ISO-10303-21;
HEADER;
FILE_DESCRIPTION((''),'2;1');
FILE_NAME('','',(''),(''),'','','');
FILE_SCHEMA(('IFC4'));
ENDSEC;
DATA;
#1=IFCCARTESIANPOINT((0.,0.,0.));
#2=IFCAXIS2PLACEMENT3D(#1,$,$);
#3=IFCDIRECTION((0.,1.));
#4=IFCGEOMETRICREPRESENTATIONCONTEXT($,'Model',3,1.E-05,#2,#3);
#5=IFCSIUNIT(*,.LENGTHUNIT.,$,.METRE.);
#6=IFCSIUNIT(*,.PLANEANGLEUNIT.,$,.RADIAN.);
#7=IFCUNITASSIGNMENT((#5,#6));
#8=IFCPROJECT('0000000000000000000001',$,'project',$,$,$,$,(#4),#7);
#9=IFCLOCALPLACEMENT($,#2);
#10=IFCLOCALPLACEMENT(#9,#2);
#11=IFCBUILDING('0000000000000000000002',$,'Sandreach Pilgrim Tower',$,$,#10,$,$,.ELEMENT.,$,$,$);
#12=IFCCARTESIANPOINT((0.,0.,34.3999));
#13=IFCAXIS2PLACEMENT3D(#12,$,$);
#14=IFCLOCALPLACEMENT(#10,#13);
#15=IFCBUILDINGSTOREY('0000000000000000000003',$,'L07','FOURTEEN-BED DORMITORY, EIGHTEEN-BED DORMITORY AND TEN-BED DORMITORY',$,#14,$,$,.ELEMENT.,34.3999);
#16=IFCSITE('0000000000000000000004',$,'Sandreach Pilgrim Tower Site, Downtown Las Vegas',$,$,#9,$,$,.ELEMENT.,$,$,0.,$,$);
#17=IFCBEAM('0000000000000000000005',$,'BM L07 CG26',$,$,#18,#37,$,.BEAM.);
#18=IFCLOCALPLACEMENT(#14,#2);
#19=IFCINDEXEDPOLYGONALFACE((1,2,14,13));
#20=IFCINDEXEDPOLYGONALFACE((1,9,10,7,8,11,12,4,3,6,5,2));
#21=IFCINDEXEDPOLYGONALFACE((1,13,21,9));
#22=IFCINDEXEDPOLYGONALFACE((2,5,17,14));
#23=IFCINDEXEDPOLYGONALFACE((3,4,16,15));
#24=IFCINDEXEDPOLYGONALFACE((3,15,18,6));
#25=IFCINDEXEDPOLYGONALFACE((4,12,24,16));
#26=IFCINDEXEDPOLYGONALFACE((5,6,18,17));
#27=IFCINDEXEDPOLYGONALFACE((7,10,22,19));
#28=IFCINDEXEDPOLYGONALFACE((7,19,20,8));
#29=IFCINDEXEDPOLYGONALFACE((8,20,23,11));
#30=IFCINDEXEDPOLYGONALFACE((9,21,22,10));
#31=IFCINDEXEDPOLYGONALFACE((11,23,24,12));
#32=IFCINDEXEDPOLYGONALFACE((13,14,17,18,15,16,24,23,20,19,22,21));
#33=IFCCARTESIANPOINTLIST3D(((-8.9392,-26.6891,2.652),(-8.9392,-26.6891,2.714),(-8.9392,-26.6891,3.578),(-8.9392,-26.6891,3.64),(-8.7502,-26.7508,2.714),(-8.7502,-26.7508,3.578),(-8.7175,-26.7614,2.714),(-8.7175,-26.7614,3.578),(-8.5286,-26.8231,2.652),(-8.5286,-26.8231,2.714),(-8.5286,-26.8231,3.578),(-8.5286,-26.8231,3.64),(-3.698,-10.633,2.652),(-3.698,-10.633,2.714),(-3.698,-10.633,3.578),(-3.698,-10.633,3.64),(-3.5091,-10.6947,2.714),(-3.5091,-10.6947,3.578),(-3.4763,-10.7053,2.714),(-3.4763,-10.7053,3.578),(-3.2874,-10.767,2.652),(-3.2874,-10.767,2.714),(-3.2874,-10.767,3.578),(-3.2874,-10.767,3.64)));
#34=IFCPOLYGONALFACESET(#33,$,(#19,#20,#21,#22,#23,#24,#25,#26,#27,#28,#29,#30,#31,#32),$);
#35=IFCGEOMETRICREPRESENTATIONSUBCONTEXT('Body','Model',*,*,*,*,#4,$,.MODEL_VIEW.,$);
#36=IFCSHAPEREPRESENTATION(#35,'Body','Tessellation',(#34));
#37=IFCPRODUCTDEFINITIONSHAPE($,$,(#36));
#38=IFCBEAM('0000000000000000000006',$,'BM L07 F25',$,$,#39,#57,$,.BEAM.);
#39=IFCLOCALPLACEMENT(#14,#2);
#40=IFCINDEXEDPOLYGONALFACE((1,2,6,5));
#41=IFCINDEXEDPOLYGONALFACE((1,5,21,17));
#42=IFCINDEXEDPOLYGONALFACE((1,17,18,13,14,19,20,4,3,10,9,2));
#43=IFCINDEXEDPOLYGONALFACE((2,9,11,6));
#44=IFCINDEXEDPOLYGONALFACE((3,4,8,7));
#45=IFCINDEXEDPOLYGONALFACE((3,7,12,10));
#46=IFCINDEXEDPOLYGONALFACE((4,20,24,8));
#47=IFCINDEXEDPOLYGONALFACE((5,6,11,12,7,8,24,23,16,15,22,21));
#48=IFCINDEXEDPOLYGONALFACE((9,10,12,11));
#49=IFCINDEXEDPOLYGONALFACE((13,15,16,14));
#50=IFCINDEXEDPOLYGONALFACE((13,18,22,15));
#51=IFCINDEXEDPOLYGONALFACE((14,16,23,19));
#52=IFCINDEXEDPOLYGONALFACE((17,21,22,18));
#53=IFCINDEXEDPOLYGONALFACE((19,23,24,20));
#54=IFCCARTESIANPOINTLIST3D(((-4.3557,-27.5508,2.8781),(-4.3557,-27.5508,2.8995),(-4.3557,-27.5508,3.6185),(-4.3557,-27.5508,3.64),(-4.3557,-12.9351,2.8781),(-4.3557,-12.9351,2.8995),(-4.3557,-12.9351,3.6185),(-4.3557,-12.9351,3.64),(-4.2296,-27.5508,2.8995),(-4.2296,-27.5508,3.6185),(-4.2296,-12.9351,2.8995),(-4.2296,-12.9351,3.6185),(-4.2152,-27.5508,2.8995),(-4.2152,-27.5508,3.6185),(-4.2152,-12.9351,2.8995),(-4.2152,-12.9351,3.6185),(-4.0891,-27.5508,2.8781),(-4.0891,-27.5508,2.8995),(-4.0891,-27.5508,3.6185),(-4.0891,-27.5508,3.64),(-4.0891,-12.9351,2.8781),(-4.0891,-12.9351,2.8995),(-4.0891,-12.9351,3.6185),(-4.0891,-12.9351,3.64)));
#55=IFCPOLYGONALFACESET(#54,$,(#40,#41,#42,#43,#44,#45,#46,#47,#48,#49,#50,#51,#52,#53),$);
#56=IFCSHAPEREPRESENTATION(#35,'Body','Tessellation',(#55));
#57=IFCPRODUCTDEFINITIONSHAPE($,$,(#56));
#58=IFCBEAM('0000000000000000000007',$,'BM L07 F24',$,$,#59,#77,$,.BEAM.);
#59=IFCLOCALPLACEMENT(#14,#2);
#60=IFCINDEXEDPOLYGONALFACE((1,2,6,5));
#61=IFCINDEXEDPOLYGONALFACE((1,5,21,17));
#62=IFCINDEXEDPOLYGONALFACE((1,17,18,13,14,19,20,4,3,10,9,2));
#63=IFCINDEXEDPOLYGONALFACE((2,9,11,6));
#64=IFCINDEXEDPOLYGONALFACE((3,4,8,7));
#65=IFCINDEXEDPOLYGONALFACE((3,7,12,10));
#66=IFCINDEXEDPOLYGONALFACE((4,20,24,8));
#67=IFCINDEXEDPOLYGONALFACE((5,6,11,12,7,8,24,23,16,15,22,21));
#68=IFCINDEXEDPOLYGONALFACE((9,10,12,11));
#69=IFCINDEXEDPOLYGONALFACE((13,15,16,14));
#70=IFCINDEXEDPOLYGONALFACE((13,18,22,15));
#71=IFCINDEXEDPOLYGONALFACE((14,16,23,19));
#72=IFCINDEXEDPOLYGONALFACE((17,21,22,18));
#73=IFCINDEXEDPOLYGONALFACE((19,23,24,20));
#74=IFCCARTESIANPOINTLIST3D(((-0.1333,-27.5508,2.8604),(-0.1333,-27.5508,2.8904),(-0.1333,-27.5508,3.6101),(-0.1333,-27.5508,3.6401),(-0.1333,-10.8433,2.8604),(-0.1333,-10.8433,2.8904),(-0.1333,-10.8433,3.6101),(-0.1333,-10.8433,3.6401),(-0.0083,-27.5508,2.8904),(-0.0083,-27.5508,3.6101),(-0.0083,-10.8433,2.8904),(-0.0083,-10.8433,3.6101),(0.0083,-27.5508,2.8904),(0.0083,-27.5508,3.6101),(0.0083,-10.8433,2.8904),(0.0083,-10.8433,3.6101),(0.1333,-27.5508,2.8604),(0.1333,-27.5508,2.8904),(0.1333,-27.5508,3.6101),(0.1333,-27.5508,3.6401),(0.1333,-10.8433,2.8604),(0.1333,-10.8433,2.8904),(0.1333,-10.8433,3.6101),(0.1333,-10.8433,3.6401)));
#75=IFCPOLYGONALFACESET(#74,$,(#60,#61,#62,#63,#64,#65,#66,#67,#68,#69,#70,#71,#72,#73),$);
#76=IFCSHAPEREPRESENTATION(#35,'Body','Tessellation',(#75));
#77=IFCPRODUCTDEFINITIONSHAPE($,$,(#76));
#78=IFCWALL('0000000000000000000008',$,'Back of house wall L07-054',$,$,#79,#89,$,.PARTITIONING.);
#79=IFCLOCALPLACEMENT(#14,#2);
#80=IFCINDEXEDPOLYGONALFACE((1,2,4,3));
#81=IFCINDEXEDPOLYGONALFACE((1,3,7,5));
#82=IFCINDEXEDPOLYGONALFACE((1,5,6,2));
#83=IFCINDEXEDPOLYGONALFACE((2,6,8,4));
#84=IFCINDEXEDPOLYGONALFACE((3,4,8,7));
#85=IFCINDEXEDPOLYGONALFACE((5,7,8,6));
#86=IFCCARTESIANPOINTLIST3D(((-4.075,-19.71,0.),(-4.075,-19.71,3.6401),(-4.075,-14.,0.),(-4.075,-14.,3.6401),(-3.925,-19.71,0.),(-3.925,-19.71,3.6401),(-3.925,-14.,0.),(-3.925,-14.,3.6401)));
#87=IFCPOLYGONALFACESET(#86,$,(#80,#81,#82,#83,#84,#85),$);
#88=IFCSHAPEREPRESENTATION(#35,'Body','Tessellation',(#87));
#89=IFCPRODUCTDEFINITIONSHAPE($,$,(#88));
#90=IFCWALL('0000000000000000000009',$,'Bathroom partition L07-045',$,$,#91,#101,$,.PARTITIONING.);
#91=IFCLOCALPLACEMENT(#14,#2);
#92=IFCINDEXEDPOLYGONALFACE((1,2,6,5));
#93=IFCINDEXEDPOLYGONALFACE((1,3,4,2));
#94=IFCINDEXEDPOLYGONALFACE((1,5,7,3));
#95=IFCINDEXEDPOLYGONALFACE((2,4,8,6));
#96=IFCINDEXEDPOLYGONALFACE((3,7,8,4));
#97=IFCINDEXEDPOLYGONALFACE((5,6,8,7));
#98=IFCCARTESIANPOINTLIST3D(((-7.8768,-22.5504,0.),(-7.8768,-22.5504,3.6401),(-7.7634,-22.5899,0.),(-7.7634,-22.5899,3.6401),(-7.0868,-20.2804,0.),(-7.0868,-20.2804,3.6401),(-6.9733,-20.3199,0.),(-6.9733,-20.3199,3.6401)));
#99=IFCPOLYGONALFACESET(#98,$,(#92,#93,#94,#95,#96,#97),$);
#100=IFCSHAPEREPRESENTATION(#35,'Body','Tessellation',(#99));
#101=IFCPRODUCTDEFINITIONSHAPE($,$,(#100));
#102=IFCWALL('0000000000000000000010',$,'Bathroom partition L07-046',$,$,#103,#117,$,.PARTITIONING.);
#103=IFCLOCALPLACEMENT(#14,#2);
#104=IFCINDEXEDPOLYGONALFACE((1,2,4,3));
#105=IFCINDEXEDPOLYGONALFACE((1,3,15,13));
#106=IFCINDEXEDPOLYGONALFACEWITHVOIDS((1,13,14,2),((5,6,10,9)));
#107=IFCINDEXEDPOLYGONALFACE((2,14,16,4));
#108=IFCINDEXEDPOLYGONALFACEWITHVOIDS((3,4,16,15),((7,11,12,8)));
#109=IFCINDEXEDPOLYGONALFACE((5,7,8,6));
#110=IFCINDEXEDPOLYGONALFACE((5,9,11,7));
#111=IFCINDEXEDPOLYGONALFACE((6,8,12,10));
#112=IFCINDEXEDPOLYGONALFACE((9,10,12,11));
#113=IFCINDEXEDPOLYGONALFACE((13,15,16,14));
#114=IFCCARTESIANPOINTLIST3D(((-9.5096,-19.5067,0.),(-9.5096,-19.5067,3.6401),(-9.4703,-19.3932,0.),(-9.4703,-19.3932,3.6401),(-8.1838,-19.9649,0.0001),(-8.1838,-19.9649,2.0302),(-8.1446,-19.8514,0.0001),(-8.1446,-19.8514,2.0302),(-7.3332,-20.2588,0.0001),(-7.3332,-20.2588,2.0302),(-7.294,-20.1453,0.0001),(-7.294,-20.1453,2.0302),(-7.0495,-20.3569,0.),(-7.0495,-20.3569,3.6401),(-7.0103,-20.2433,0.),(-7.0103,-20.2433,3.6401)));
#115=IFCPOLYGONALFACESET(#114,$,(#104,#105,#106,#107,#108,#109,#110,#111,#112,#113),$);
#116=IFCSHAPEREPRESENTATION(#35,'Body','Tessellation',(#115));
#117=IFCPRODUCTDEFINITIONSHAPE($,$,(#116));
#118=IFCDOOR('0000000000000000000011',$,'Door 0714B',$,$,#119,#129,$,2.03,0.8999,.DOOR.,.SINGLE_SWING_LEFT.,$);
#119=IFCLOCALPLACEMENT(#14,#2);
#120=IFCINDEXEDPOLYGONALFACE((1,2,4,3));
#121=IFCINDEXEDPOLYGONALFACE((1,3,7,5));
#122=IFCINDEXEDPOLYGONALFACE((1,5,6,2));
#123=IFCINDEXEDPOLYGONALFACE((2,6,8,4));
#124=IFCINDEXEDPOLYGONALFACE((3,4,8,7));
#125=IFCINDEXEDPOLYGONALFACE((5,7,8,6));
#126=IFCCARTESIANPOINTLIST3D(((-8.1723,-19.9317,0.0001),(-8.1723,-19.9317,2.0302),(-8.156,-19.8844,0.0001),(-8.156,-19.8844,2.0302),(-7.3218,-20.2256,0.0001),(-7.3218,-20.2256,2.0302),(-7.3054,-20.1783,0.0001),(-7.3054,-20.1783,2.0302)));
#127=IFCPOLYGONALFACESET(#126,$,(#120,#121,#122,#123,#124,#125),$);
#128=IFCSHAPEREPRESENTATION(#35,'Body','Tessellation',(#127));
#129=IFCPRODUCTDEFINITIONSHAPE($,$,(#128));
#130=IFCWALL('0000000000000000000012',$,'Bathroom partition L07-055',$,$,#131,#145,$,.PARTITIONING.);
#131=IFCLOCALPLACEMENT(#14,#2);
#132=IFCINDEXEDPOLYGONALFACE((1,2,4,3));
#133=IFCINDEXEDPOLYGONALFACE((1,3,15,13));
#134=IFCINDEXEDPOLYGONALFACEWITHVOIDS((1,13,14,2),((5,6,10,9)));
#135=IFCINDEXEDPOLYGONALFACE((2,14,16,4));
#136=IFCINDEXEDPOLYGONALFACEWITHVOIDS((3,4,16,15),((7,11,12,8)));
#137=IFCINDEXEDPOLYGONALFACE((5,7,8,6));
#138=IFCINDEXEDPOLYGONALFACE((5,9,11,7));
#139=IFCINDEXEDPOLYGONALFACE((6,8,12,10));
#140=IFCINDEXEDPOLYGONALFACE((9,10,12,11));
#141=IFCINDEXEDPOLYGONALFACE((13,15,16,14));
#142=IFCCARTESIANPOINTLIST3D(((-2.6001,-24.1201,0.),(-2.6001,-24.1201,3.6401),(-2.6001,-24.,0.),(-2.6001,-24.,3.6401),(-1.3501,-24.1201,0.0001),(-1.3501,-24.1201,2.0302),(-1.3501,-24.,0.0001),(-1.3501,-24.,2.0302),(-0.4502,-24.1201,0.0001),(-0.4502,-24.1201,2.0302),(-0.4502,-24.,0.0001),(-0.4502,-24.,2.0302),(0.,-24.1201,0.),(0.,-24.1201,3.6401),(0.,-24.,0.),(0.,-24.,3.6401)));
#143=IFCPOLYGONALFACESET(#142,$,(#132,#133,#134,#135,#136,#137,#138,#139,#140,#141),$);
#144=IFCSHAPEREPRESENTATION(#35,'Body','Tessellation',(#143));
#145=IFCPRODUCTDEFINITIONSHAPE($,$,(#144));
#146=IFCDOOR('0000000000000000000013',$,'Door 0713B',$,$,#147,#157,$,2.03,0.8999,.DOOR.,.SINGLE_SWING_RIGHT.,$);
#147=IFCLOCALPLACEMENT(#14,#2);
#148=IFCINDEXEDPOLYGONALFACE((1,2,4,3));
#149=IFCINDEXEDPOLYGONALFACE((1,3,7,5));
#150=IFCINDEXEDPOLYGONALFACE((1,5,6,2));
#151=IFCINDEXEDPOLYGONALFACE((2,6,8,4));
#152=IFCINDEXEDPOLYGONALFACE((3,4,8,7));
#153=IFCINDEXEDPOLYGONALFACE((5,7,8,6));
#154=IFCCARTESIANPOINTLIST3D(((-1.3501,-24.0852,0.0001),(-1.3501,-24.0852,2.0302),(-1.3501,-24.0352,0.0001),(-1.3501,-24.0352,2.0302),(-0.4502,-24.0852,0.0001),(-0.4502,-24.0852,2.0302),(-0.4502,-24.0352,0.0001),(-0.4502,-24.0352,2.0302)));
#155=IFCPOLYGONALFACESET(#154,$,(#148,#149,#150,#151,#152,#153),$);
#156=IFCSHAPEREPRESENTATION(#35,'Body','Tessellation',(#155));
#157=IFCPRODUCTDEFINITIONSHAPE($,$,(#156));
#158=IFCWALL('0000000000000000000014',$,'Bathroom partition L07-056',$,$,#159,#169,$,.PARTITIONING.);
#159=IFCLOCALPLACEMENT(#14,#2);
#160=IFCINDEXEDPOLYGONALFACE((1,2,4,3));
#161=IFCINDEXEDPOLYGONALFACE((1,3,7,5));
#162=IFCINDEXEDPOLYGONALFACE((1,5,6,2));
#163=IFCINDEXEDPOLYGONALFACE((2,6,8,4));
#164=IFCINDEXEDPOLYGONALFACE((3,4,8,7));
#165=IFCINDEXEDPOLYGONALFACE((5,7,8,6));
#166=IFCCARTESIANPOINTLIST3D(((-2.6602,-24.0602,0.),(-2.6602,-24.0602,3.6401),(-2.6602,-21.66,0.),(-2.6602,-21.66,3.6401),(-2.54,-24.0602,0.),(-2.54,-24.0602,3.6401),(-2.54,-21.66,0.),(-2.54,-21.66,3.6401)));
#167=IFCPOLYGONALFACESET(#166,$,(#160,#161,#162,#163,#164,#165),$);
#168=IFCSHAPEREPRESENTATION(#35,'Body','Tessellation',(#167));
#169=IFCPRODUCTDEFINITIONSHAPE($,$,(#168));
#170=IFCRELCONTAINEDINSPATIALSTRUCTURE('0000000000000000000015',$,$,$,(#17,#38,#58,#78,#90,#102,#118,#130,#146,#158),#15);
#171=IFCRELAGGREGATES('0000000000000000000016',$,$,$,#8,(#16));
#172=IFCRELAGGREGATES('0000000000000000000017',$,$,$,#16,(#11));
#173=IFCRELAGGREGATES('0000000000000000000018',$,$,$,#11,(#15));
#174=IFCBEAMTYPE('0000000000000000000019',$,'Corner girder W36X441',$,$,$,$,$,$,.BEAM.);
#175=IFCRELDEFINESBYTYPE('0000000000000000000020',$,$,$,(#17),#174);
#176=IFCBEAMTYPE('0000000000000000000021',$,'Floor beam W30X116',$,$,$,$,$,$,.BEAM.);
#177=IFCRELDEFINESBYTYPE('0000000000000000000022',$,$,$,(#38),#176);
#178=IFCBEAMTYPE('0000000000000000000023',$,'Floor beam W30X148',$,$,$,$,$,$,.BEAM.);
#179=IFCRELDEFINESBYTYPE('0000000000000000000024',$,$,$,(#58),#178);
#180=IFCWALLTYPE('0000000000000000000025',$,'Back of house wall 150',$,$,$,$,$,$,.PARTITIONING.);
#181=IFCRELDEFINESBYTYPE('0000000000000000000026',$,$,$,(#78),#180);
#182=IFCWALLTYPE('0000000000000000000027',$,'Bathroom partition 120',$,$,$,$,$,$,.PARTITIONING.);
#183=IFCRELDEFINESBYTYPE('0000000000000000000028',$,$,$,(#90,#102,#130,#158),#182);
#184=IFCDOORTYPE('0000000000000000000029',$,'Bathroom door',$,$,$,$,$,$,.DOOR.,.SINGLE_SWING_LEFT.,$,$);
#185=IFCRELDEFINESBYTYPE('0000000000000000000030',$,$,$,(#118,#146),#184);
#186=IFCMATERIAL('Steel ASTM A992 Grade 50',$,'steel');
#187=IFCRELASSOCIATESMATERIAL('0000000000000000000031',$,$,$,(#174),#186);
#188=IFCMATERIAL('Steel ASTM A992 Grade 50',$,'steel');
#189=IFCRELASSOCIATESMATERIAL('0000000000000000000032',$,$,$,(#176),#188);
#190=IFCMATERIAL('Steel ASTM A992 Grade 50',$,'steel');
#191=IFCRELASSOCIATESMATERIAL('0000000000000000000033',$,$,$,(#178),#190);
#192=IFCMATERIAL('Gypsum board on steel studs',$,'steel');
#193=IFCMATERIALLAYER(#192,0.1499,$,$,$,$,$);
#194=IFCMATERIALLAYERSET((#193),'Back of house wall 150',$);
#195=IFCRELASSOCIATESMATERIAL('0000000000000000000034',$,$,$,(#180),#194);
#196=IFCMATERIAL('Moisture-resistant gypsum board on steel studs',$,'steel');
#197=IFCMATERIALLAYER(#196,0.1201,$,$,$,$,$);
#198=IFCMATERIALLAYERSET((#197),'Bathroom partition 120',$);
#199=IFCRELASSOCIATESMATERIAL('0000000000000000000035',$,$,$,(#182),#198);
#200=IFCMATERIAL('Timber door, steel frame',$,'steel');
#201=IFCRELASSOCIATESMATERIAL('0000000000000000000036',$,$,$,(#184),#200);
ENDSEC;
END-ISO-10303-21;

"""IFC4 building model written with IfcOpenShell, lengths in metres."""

from ifc_helpers import new_model, si_unit, direction, frame, frame_2d, origin, origin_2d, place, context, subcontext, project, spatial, rectangle, i_section, extrude, material, layer, layer_set, material_profile, profile_set, type_object, element, fill, save


model = new_model("IFC4")

# Units and contexts
model_context = context("Model", 3, precision=1e-05, world=origin(), true_north=direction((0.0, 1.0)))
body_context = subcontext(model_context, "Body", "Model", "MODEL_VIEW")
ifc_project = project(units=[si_unit("LENGTHUNIT", "METRE"), si_unit("PLANEANGLEUNIT", "RADIAN")], contexts=[model_context])

# Site, building, storey
site_placement = place(None, origin())
site = spatial("IfcSite", under=ifc_project, at=site_placement, Name="Sandreach Pilgrim Tower Site, Downtown Las Vegas", CompositionType="ELEMENT", RefElevation=0.0)
building_placement = place(site_placement, origin())
building = spatial("IfcBuilding", under=site, at=building_placement, Name="Sandreach Pilgrim Tower", CompositionType="ELEMENT")
storey_placement = place(building_placement, frame((0.0, 0.0, 34.3999)))
storey = spatial("IfcBuildingStorey", under=building, at=storey_placement, Name="L07", Description="FOURTEEN-BED DORMITORY, EIGHTEEN-BED DORMITORY AND TEN-BED DORMITORY", CompositionType="ELEMENT", Elevation=34.3999)

# Beams
ifc_material_1 = material(Name="Steel ASTM A992 Grade 50", Category="steel")
ifc_material_profile_1 = material_profile(ifc_material_1, i_section(OverallWidth=0.4319, OverallDepth=0.988, WebThickness=0.0344, FlangeThickness=0.062, at=origin_2d()), Name="W36X441")
ifc_profile_set_1 = profile_set([ifc_material_profile_1], Name="Steel ASTM A992 Grade 50")
beam_type_1 = type_object("IfcBeamType", Name="Corner girder W36X441", PredefinedType="BEAM", material=ifc_profile_set_1)
beam_1_placement = place(storey_placement, frame((-8.7339, -26.7561, 3.146), z_axis=(0.310315, 0.950634, 0.0), x_axis=(-0.950634, 0.310315, 0.0)))
element("IfcBeam", 1, at=beam_1_placement, inside=storey, type_object=beam_type_1, Name="BM L07 CG26", PredefinedType="BEAM", context=body_context, shape_type="SweptSolid", body=[
    extrude(i_section(OverallWidth=0.4319, OverallDepth=0.988, WebThickness=0.0344, FlangeThickness=0.062, at=origin_2d()), origin(), (0.0, 0.0, 1.0), 16.8899),
])
ifc_material_2 = material(Name="Steel ASTM A992 Grade 50", Category="steel")
ifc_material_profile_2 = material_profile(ifc_material_2, i_section(OverallWidth=0.2666, OverallDepth=0.762, WebThickness=0.0144, FlangeThickness=0.0215, at=origin_2d()), Name="W30X116")
ifc_profile_set_2 = profile_set([ifc_material_profile_2], Name="Steel ASTM A992 Grade 50")
beam_type_2 = type_object("IfcBeamType", Name="Floor beam W30X116", PredefinedType="BEAM", material=ifc_profile_set_2)
beam_2_placement = place(storey_placement, frame((-4.2224, -27.5508, 3.259), z_axis=(0.0, 1.0, 0.0), x_axis=(-1.0, 0.0, 0.0)))
element("IfcBeam", 2, at=beam_2_placement, inside=storey, type_object=beam_type_2, Name="BM L07 F25", PredefinedType="BEAM", context=body_context, shape_type="SweptSolid", body=[
    extrude(i_section(OverallWidth=0.2666, OverallDepth=0.762, WebThickness=0.0144, FlangeThickness=0.0215, at=origin_2d()), origin(), (0.0, 0.0, 1.0), 14.6157),
])
ifc_material_3 = material(Name="Steel ASTM A992 Grade 50", Category="steel")
ifc_material_profile_3 = material_profile(ifc_material_3, i_section(OverallWidth=0.2666, OverallDepth=0.7798, WebThickness=0.0166, FlangeThickness=0.03, at=origin_2d()), Name="W30X148")
ifc_profile_set_3 = profile_set([ifc_material_profile_3], Name="Steel ASTM A992 Grade 50")
beam_type_3 = type_object("IfcBeamType", Name="Floor beam W30X148", PredefinedType="BEAM", material=ifc_profile_set_3)
beam_3_placement = place(storey_placement, frame((0.0, -27.5508, 3.2502), z_axis=(0.0, 1.0, 0.0), x_axis=(-1.0, 0.0, 0.0)))
element("IfcBeam", 3, at=beam_3_placement, inside=storey, type_object=beam_type_3, Name="BM L07 F24", PredefinedType="BEAM", context=body_context, shape_type="SweptSolid", body=[
    extrude(i_section(OverallWidth=0.2666, OverallDepth=0.7798, WebThickness=0.0166, FlangeThickness=0.03, at=origin_2d()), origin(), (0.0, 0.0, 1.0), 16.7075),
])

# Walls
ifc_material_4 = material(Name="Gypsum board on steel studs", Category="steel")
ifc_layer_1 = layer(ifc_material_4, 0.1499)
ifc_layer_set_1 = layer_set([ifc_layer_1], Name="Back of house wall 150")
wall_type_1 = type_object("IfcWallType", Name="Back of house wall 150", PredefinedType="PARTITIONING", material=ifc_layer_set_1)
wall_1_placement = place(storey_placement, frame((-4.0, -14.0, 0.0), z_axis=(0.0, 0.0, 1.0), x_axis=(0.0, -1.0, 0.0)))
element("IfcWall", 4, at=wall_1_placement, inside=storey, type_object=wall_type_1, Name="Back of house wall L07-054", PredefinedType="PARTITIONING", context=body_context, shape_type="SweptSolid", body=[
    extrude(rectangle(XDim=5.71, YDim=0.1499, at=frame_2d((2.855, 0.0))), origin(), (0.0, 0.0, 1.0), 3.6401),
])
ifc_material_5 = material(Name="Moisture-resistant gypsum board on steel studs", Category="steel")
ifc_layer_2 = layer(ifc_material_5, 0.1201)
ifc_layer_set_2 = layer_set([ifc_layer_2], Name="Bathroom partition 120")
wall_type_2 = type_object("IfcWallType", Name="Bathroom partition 120", PredefinedType="PARTITIONING", material=ifc_layer_set_2)
wall_2_placement = place(storey_placement, frame((-7.8201, -22.5701, 0.0), z_axis=(0.0, 0.0, 1.0), x_axis=(0.328694, 0.944436, 0.0)))
element("IfcWall", 5, at=wall_2_placement, inside=storey, type_object=wall_type_2, Name="Bathroom partition L07-045", PredefinedType="PARTITIONING", context=body_context, shape_type="SweptSolid", body=[
    extrude(rectangle(XDim=2.4036, YDim=0.1201, at=frame_2d((1.2017, 0.0))), origin(), (0.0, 0.0, 1.0), 3.6401),
])

# Walls, openings, doors
wall_3_placement = place(storey_placement, frame((-7.03, -20.3, 0.0), z_axis=(0.0, 0.0, 1.0), x_axis=(-0.945155, 0.326621, 0.0)))
wall_3 = element("IfcWall", 6, at=wall_3_placement, inside=storey, type_object=wall_type_2, Name="Bathroom partition L07-046", PredefinedType="PARTITIONING", context=body_context, shape_type="SweptSolid", body=[
    extrude(rectangle(XDim=2.6028, YDim=0.1201, at=frame_2d((1.3013, 0.0))), origin(), (0.0, 0.0, 1.0), 3.6401),
])
opening_1_placement = place(wall_3_placement, frame((0.3, 0.0, 0.0)))
opening_1 = element("IfcOpeningElement", 7, at=opening_1_placement, cuts=wall_3, PredefinedType="OPENING", context=body_context, shape_type="SweptSolid", body=[
    extrude(rectangle(XDim=0.8999, YDim=2.03, at=frame_2d((0.45, 1.0151))), frame((0.0, 0.0601, 0.0), z_axis=(0.0, -1.0, 0.0), x_axis=(1.0, 0.0, 0.0)), (0.0, 0.0, 1.0), 0.1201),
])
ifc_material_6 = material(Name="Timber door, steel frame", Category="steel")
door_type_1 = type_object("IfcDoorType", Name="Bathroom door", OperationType="SINGLE_SWING_LEFT", PredefinedType="DOOR", material=ifc_material_6)
door_1_placement = place(opening_1_placement, origin())
door_1 = element("IfcDoor", 8, at=door_1_placement, inside=storey, type_object=door_type_1, Name="Door 0714B", OperationType="SINGLE_SWING_LEFT", OverallHeight=2.03, OverallWidth=0.8999, PredefinedType="DOOR", context=body_context, shape_type="SweptSolid", body=[
    extrude(rectangle(XDim=0.8999, YDim=2.03, at=frame_2d((0.45, 1.0151))), frame((0.0, 0.0249, 0.0), z_axis=(0.0, -1.0, 0.0), x_axis=(1.0, 0.0, 0.0)), (0.0, 0.0, 1.0), 0.05),
])
fill(opening_1, door_1)
wall_4_placement = place(storey_placement, frame((-2.6001, -24.0601, 0.0), z_axis=(0.0, 0.0, 1.0), x_axis=(1.0, 0.0, 0.0)))
wall_4 = element("IfcWall", 9, at=wall_4_placement, inside=storey, type_object=wall_type_2, Name="Bathroom partition L07-055", PredefinedType="PARTITIONING", context=body_context, shape_type="SweptSolid", body=[
    extrude(rectangle(XDim=2.6001, YDim=0.1201, at=frame_2d((1.3, 0.0))), origin(), (0.0, 0.0, 1.0), 3.6401),
])
opening_2_placement = place(wall_4_placement, frame((1.25, 0.0, 0.0)))
opening_2 = element("IfcOpeningElement", 10, at=opening_2_placement, cuts=wall_4, PredefinedType="OPENING", context=body_context, shape_type="SweptSolid", body=[
    extrude(rectangle(XDim=0.8999, YDim=2.03, at=frame_2d((0.45, 1.0151))), frame((0.0, 0.0601, 0.0), z_axis=(0.0, -1.0, 0.0), x_axis=(1.0, 0.0, 0.0)), (0.0, 0.0, 1.0), 0.1201),
])
door_2_placement = place(opening_2_placement, origin())
door_2 = element("IfcDoor", 11, at=door_2_placement, inside=storey, type_object=door_type_1, Name="Door 0713B", OperationType="SINGLE_SWING_RIGHT", OverallHeight=2.03, OverallWidth=0.8999, PredefinedType="DOOR", context=body_context, shape_type="SweptSolid", body=[
    extrude(rectangle(XDim=0.8999, YDim=2.03, at=frame_2d((0.45, 1.0151))), frame((0.0, 0.0249, 0.0), z_axis=(0.0, -1.0, 0.0), x_axis=(1.0, 0.0, 0.0)), (0.0, 0.0, 1.0), 0.05),
])
fill(opening_2, door_2)

# Wall
wall_5_placement = place(storey_placement, frame((-2.6001, -21.6599, 0.0), z_axis=(0.0, 0.0, 1.0), x_axis=(0.0, -1.0, 0.0)))
element("IfcWall", 12, at=wall_5_placement, inside=storey, type_object=wall_type_2, Name="Bathroom partition L07-056", PredefinedType="PARTITIONING", context=body_context, shape_type="SweptSolid", body=[
    extrude(rectangle(XDim=2.4001, YDim=0.1201, at=frame_2d((1.2002, 0.0))), origin(), (0.0, 0.0, 1.0), 3.6401),
])

save(model, "model.ifc")
